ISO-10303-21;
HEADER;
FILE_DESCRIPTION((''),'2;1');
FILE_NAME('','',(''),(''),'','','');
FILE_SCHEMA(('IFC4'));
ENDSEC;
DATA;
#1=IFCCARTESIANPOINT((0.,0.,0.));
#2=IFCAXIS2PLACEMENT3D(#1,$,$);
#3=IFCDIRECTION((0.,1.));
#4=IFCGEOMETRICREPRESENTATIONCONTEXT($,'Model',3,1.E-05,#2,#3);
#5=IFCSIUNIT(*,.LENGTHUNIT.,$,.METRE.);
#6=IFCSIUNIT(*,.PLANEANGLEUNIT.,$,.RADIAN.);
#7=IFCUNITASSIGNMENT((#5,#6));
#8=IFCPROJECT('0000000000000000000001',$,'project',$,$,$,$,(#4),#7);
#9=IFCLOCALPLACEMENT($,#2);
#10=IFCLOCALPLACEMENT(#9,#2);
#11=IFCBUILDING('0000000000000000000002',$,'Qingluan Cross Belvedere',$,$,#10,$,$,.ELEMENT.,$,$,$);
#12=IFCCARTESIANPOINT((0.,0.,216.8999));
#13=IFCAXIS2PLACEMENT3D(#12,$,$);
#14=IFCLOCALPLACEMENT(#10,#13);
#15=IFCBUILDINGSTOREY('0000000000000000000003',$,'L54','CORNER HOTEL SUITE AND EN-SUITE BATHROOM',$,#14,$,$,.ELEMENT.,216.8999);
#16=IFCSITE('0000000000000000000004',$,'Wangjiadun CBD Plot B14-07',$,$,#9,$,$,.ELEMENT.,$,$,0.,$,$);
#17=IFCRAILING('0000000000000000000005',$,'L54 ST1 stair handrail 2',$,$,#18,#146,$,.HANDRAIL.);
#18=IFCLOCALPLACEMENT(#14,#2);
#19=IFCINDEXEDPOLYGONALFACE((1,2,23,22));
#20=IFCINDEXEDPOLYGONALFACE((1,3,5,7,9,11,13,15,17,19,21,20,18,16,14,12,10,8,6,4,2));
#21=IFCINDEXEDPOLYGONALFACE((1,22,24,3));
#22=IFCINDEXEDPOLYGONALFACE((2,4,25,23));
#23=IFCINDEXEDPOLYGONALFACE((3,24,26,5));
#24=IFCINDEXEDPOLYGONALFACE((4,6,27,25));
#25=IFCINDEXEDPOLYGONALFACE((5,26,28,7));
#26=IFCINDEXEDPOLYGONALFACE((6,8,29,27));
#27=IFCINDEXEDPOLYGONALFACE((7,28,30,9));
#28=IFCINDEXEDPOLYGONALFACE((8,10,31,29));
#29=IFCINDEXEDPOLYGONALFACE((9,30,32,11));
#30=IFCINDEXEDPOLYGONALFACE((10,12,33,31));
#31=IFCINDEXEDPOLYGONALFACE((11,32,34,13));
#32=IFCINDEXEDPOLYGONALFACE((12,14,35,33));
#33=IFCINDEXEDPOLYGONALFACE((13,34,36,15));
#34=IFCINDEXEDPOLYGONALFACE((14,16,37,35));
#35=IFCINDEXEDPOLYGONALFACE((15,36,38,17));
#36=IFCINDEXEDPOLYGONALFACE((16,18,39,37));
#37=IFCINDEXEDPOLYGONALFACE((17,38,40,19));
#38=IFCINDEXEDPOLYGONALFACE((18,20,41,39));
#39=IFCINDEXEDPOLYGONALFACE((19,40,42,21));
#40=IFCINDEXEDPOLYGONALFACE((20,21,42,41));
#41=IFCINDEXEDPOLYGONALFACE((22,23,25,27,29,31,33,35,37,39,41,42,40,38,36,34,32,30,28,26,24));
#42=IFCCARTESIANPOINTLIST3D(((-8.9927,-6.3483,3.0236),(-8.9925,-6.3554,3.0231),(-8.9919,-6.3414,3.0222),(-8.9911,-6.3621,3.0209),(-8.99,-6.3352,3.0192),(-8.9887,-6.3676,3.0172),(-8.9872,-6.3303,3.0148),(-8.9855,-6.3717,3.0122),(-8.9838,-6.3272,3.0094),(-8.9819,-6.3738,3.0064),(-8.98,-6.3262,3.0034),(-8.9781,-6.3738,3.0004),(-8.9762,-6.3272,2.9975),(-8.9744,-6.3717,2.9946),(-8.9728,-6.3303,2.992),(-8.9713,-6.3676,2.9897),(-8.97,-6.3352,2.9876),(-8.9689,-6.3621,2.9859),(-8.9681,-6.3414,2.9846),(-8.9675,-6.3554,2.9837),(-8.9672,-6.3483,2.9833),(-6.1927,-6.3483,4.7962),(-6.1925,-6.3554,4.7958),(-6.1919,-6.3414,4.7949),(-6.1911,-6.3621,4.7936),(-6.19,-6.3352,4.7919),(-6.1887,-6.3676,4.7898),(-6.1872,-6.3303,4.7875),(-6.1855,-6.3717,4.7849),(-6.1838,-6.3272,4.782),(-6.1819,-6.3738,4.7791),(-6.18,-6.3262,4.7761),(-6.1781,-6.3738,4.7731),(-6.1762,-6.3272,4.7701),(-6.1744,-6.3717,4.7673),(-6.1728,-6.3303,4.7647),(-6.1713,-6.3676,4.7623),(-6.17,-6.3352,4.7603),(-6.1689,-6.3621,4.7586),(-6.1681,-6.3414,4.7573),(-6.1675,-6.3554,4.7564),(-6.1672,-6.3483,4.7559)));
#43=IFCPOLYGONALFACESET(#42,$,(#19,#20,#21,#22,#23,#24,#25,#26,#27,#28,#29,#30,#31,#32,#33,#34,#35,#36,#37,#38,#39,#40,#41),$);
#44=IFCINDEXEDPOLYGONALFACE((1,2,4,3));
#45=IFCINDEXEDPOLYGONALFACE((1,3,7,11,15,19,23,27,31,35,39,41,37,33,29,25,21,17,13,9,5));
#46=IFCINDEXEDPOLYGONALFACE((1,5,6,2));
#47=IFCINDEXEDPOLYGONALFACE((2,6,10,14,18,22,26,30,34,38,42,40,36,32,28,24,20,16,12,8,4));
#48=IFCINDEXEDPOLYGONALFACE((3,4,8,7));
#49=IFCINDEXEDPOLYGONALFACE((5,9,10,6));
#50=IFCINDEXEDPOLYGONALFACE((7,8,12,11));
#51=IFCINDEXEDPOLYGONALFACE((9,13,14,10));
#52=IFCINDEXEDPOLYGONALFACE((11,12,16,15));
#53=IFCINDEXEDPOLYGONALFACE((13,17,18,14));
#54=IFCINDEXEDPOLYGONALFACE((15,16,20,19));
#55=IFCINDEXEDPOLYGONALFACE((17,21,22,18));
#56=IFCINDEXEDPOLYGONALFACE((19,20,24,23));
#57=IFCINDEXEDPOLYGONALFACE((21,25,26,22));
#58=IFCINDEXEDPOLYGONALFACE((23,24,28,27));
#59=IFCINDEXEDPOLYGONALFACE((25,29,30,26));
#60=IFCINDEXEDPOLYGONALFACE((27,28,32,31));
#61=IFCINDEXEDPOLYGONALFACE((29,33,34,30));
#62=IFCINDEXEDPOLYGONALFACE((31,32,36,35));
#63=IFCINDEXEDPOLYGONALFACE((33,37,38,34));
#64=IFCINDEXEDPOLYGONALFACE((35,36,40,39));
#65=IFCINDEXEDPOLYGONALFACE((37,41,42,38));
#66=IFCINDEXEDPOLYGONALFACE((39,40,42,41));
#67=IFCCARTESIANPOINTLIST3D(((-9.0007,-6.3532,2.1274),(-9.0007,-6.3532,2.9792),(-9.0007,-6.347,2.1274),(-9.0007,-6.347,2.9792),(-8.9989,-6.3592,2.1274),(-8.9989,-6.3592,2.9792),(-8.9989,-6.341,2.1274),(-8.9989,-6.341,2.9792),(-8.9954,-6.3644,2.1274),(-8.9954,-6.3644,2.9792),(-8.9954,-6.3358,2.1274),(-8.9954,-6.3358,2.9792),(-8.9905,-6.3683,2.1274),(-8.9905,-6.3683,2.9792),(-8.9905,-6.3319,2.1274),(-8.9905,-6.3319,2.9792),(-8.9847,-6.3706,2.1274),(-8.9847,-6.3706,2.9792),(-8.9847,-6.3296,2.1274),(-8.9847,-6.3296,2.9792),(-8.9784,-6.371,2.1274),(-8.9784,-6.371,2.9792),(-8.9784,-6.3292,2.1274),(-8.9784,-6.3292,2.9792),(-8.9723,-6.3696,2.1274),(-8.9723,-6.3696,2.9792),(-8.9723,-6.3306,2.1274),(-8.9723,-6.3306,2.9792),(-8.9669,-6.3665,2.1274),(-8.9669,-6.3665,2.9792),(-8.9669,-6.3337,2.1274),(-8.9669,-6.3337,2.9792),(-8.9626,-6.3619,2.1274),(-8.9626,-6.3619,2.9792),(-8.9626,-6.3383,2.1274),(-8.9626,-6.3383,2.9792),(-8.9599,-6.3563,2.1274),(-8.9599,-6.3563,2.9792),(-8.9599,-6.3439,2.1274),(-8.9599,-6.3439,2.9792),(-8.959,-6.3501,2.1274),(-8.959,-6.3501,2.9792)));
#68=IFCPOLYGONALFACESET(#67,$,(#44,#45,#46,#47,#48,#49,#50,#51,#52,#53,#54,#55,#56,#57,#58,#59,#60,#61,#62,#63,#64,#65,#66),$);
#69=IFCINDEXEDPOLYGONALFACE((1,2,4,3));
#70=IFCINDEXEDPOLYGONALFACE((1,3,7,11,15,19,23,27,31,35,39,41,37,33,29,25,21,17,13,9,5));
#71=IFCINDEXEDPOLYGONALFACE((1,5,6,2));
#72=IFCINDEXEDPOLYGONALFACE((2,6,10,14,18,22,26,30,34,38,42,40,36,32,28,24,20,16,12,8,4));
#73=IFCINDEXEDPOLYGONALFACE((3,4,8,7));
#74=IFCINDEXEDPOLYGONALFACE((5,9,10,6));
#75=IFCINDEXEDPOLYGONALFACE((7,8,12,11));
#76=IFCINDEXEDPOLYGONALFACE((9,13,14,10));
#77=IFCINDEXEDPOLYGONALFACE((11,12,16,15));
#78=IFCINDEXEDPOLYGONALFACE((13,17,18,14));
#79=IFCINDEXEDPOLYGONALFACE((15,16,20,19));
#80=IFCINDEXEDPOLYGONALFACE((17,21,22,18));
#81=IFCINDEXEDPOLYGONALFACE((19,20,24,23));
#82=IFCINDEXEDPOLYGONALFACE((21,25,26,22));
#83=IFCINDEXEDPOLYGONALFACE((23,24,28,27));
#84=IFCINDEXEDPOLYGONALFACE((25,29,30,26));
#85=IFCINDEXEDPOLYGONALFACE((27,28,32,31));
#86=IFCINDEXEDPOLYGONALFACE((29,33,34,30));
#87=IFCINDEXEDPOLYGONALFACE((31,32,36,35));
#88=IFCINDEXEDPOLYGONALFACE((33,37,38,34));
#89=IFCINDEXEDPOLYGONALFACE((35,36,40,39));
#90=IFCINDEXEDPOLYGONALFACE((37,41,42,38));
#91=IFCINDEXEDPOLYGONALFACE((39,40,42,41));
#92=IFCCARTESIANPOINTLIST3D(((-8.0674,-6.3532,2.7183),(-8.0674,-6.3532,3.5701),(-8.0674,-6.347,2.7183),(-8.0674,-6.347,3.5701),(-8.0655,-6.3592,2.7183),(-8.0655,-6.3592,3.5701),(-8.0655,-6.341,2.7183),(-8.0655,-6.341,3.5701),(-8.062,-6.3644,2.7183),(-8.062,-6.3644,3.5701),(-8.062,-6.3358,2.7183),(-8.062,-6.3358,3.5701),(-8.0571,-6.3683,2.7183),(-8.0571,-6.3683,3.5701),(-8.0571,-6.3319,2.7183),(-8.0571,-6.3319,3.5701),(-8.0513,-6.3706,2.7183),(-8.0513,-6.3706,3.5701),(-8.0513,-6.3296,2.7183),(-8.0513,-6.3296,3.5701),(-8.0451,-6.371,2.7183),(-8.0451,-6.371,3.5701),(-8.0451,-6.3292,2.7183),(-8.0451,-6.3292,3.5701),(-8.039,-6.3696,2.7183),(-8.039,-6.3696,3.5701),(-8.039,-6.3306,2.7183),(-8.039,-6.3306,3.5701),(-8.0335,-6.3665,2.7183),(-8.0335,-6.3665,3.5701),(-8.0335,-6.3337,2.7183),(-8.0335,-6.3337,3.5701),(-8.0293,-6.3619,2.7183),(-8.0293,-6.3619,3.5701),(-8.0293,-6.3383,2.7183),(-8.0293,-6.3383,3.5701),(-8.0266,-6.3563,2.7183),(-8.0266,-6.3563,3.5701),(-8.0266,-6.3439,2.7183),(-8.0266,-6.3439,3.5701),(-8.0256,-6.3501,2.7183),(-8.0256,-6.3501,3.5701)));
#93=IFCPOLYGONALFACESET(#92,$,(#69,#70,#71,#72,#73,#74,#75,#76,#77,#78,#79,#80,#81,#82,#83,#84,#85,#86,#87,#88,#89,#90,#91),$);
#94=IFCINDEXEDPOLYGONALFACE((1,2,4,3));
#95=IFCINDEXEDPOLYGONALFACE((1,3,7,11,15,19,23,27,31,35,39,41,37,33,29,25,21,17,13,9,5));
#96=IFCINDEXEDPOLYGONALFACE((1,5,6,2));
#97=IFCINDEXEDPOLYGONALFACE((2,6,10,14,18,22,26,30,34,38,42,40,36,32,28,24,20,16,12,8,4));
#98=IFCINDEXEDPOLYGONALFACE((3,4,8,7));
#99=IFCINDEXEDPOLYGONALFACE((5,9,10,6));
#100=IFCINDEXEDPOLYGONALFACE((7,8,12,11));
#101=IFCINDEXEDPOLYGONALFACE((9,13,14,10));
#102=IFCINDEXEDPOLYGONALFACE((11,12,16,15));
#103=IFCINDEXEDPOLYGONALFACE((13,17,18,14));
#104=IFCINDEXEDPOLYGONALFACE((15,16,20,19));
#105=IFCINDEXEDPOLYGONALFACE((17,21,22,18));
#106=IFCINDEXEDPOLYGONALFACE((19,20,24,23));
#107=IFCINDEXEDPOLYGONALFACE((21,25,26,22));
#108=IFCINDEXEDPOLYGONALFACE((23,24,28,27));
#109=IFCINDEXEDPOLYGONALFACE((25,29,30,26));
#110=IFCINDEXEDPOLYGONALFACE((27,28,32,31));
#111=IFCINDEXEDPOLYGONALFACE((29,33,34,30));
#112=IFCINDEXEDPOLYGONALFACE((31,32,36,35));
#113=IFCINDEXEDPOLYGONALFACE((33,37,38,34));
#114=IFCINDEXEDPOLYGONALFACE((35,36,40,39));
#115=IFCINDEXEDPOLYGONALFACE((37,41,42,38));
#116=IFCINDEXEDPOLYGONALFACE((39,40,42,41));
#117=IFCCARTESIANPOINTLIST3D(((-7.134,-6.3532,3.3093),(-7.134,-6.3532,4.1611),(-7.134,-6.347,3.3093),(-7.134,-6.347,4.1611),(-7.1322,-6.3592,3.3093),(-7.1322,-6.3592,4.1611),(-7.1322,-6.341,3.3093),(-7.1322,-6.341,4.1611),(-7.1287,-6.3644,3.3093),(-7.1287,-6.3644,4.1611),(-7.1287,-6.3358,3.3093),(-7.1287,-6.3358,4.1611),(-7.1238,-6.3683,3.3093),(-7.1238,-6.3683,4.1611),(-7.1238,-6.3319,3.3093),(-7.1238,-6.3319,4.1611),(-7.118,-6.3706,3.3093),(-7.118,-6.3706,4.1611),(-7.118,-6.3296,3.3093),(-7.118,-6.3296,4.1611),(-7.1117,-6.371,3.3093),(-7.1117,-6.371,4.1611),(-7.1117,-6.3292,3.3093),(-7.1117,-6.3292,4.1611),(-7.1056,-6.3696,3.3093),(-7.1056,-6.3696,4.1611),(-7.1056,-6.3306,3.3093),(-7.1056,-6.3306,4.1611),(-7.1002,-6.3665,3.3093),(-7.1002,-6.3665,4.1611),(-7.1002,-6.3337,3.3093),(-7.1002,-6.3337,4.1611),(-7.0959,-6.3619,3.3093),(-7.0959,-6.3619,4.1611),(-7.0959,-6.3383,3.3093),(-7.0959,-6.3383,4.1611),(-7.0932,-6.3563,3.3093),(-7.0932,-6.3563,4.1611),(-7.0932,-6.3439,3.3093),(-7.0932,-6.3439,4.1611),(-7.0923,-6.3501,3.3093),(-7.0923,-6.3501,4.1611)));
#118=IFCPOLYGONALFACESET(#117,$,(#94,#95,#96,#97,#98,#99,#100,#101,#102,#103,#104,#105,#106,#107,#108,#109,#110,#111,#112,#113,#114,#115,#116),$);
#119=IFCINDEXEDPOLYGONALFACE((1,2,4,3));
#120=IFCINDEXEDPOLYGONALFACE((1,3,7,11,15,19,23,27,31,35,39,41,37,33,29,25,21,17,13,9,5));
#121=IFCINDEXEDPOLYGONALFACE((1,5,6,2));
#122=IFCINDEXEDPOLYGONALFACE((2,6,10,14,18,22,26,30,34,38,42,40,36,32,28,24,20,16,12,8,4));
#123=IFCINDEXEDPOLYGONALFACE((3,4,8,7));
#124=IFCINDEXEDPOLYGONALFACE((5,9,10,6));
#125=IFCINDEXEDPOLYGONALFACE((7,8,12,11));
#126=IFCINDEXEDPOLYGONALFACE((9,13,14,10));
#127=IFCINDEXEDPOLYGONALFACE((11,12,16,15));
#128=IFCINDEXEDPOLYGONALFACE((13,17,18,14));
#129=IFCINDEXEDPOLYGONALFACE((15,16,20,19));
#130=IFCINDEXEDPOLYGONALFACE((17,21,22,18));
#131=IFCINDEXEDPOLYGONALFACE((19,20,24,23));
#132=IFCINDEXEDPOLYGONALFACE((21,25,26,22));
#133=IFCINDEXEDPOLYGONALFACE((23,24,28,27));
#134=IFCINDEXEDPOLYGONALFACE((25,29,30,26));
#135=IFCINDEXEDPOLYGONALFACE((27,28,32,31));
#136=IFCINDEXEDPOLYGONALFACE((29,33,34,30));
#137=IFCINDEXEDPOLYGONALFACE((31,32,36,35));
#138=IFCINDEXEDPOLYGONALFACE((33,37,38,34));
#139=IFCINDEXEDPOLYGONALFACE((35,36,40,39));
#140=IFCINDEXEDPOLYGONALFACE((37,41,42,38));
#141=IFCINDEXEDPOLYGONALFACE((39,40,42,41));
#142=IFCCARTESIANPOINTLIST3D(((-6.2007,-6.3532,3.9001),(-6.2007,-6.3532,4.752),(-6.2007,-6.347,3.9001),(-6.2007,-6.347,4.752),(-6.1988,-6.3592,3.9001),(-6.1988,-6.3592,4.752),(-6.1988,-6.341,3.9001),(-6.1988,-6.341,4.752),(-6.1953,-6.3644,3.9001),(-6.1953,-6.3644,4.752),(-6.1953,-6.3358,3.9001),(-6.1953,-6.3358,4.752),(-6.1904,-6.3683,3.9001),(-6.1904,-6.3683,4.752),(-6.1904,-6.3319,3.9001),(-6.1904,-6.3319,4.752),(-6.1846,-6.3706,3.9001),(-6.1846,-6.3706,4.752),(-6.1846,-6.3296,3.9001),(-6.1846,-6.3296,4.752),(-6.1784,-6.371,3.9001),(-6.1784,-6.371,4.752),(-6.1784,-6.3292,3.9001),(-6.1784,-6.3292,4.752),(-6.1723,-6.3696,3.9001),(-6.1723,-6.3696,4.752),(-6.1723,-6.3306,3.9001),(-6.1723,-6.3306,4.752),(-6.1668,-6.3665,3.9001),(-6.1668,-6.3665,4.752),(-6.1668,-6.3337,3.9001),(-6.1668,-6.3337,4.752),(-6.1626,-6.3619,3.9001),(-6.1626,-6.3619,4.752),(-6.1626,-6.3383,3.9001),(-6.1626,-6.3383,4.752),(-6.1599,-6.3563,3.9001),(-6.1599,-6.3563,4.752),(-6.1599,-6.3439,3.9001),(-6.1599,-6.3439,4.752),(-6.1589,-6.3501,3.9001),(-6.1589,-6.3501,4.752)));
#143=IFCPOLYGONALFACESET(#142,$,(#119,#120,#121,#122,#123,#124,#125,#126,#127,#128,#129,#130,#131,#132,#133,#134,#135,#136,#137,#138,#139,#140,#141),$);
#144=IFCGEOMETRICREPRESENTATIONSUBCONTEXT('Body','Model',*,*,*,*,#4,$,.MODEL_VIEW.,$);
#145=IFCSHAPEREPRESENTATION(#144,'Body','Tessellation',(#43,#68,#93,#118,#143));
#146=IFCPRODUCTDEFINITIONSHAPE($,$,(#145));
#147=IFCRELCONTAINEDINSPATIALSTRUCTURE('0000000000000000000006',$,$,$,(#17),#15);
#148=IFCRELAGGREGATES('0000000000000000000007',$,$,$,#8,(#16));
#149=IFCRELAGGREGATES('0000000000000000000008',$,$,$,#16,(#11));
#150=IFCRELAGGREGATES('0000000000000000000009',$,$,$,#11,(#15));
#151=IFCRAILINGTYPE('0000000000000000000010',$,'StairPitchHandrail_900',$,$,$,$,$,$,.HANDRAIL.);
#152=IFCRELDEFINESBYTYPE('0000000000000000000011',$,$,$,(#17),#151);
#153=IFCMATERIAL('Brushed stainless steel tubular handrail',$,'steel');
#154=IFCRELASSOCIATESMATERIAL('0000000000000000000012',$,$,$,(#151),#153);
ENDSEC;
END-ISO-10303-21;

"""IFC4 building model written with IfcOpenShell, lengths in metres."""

from ifc_helpers import new_model, si_unit, direction, frame, origin, origin_2d, place, context, subcontext, project, spatial, circle, extrude, material, type_object, element, save


model = new_model("IFC4")

# Units and contexts
model_context = context("Model", 3, precision=1e-05, world=origin(), true_north=direction((0.0, 1.0)))
body_context = subcontext(model_context, "Body", "Model", "MODEL_VIEW")
ifc_project = project(units=[si_unit("LENGTHUNIT", "METRE"), si_unit("PLANEANGLEUNIT", "RADIAN")], contexts=[model_context])

# Site, building, storey
site_placement = place(None, origin())
site = spatial("IfcSite", under=ifc_project, at=site_placement, Name="Wangjiadun CBD Plot B14-07", CompositionType="ELEMENT", RefElevation=0.0)
building_placement = place(site_placement, origin())
building = spatial("IfcBuilding", under=site, at=building_placement, Name="Qingluan Cross Belvedere", CompositionType="ELEMENT")
storey_placement = place(building_placement, frame((0.0, 0.0, 216.8999)))
storey = spatial("IfcBuildingStorey", under=building, at=storey_placement, Name="L54", Description="CORNER HOTEL SUITE AND EN-SUITE BATHROOM", CompositionType="ELEMENT", Elevation=216.8999)

# Railing
ifc_material_1 = material(Name="Brushed stainless steel tubular handrail", Category="steel")
railing_type_1 = type_object("IfcRailingType", Name="StairPitchHandrail_900", PredefinedType="HANDRAIL", material=ifc_material_1)
railing_1_placement = place(storey_placement, frame((-8.98, -6.3501, 2.1274)))
element("IfcRailing", 1, at=railing_1_placement, inside=storey, type_object=railing_type_1, Name="L54 ST1 stair handrail 2", PredefinedType="HANDRAIL", context=body_context, shape_type="SweptSolid", body=[
    extrude(circle(Radius=0.0239, at=origin_2d()), frame((0.0, 0.0, 0.876), z_axis=(0.844909, 0.0, 0.53491), x_axis=(0.0, 1.0, 0.0)), (0.0, 0.0, 1.0), 3.314),
    extrude(circle(Radius=0.021, at=origin_2d()), origin(), (0.0, 0.0, 1.0), 0.8518),
    extrude(circle(Radius=0.021, at=origin_2d()), frame((0.9333, 0.0, 0.5908)), (0.0, 0.0, 1.0), 0.8518),
    extrude(circle(Radius=0.021, at=origin_2d()), frame((1.8667, 0.0, 1.1819)), (0.0, 0.0, 1.0), 0.8518),
    extrude(circle(Radius=0.021, at=origin_2d()), frame((2.8, 0.0, 1.7727)), (0.0, 0.0, 1.0), 0.8518),
])

save(model, "model.ifc")
